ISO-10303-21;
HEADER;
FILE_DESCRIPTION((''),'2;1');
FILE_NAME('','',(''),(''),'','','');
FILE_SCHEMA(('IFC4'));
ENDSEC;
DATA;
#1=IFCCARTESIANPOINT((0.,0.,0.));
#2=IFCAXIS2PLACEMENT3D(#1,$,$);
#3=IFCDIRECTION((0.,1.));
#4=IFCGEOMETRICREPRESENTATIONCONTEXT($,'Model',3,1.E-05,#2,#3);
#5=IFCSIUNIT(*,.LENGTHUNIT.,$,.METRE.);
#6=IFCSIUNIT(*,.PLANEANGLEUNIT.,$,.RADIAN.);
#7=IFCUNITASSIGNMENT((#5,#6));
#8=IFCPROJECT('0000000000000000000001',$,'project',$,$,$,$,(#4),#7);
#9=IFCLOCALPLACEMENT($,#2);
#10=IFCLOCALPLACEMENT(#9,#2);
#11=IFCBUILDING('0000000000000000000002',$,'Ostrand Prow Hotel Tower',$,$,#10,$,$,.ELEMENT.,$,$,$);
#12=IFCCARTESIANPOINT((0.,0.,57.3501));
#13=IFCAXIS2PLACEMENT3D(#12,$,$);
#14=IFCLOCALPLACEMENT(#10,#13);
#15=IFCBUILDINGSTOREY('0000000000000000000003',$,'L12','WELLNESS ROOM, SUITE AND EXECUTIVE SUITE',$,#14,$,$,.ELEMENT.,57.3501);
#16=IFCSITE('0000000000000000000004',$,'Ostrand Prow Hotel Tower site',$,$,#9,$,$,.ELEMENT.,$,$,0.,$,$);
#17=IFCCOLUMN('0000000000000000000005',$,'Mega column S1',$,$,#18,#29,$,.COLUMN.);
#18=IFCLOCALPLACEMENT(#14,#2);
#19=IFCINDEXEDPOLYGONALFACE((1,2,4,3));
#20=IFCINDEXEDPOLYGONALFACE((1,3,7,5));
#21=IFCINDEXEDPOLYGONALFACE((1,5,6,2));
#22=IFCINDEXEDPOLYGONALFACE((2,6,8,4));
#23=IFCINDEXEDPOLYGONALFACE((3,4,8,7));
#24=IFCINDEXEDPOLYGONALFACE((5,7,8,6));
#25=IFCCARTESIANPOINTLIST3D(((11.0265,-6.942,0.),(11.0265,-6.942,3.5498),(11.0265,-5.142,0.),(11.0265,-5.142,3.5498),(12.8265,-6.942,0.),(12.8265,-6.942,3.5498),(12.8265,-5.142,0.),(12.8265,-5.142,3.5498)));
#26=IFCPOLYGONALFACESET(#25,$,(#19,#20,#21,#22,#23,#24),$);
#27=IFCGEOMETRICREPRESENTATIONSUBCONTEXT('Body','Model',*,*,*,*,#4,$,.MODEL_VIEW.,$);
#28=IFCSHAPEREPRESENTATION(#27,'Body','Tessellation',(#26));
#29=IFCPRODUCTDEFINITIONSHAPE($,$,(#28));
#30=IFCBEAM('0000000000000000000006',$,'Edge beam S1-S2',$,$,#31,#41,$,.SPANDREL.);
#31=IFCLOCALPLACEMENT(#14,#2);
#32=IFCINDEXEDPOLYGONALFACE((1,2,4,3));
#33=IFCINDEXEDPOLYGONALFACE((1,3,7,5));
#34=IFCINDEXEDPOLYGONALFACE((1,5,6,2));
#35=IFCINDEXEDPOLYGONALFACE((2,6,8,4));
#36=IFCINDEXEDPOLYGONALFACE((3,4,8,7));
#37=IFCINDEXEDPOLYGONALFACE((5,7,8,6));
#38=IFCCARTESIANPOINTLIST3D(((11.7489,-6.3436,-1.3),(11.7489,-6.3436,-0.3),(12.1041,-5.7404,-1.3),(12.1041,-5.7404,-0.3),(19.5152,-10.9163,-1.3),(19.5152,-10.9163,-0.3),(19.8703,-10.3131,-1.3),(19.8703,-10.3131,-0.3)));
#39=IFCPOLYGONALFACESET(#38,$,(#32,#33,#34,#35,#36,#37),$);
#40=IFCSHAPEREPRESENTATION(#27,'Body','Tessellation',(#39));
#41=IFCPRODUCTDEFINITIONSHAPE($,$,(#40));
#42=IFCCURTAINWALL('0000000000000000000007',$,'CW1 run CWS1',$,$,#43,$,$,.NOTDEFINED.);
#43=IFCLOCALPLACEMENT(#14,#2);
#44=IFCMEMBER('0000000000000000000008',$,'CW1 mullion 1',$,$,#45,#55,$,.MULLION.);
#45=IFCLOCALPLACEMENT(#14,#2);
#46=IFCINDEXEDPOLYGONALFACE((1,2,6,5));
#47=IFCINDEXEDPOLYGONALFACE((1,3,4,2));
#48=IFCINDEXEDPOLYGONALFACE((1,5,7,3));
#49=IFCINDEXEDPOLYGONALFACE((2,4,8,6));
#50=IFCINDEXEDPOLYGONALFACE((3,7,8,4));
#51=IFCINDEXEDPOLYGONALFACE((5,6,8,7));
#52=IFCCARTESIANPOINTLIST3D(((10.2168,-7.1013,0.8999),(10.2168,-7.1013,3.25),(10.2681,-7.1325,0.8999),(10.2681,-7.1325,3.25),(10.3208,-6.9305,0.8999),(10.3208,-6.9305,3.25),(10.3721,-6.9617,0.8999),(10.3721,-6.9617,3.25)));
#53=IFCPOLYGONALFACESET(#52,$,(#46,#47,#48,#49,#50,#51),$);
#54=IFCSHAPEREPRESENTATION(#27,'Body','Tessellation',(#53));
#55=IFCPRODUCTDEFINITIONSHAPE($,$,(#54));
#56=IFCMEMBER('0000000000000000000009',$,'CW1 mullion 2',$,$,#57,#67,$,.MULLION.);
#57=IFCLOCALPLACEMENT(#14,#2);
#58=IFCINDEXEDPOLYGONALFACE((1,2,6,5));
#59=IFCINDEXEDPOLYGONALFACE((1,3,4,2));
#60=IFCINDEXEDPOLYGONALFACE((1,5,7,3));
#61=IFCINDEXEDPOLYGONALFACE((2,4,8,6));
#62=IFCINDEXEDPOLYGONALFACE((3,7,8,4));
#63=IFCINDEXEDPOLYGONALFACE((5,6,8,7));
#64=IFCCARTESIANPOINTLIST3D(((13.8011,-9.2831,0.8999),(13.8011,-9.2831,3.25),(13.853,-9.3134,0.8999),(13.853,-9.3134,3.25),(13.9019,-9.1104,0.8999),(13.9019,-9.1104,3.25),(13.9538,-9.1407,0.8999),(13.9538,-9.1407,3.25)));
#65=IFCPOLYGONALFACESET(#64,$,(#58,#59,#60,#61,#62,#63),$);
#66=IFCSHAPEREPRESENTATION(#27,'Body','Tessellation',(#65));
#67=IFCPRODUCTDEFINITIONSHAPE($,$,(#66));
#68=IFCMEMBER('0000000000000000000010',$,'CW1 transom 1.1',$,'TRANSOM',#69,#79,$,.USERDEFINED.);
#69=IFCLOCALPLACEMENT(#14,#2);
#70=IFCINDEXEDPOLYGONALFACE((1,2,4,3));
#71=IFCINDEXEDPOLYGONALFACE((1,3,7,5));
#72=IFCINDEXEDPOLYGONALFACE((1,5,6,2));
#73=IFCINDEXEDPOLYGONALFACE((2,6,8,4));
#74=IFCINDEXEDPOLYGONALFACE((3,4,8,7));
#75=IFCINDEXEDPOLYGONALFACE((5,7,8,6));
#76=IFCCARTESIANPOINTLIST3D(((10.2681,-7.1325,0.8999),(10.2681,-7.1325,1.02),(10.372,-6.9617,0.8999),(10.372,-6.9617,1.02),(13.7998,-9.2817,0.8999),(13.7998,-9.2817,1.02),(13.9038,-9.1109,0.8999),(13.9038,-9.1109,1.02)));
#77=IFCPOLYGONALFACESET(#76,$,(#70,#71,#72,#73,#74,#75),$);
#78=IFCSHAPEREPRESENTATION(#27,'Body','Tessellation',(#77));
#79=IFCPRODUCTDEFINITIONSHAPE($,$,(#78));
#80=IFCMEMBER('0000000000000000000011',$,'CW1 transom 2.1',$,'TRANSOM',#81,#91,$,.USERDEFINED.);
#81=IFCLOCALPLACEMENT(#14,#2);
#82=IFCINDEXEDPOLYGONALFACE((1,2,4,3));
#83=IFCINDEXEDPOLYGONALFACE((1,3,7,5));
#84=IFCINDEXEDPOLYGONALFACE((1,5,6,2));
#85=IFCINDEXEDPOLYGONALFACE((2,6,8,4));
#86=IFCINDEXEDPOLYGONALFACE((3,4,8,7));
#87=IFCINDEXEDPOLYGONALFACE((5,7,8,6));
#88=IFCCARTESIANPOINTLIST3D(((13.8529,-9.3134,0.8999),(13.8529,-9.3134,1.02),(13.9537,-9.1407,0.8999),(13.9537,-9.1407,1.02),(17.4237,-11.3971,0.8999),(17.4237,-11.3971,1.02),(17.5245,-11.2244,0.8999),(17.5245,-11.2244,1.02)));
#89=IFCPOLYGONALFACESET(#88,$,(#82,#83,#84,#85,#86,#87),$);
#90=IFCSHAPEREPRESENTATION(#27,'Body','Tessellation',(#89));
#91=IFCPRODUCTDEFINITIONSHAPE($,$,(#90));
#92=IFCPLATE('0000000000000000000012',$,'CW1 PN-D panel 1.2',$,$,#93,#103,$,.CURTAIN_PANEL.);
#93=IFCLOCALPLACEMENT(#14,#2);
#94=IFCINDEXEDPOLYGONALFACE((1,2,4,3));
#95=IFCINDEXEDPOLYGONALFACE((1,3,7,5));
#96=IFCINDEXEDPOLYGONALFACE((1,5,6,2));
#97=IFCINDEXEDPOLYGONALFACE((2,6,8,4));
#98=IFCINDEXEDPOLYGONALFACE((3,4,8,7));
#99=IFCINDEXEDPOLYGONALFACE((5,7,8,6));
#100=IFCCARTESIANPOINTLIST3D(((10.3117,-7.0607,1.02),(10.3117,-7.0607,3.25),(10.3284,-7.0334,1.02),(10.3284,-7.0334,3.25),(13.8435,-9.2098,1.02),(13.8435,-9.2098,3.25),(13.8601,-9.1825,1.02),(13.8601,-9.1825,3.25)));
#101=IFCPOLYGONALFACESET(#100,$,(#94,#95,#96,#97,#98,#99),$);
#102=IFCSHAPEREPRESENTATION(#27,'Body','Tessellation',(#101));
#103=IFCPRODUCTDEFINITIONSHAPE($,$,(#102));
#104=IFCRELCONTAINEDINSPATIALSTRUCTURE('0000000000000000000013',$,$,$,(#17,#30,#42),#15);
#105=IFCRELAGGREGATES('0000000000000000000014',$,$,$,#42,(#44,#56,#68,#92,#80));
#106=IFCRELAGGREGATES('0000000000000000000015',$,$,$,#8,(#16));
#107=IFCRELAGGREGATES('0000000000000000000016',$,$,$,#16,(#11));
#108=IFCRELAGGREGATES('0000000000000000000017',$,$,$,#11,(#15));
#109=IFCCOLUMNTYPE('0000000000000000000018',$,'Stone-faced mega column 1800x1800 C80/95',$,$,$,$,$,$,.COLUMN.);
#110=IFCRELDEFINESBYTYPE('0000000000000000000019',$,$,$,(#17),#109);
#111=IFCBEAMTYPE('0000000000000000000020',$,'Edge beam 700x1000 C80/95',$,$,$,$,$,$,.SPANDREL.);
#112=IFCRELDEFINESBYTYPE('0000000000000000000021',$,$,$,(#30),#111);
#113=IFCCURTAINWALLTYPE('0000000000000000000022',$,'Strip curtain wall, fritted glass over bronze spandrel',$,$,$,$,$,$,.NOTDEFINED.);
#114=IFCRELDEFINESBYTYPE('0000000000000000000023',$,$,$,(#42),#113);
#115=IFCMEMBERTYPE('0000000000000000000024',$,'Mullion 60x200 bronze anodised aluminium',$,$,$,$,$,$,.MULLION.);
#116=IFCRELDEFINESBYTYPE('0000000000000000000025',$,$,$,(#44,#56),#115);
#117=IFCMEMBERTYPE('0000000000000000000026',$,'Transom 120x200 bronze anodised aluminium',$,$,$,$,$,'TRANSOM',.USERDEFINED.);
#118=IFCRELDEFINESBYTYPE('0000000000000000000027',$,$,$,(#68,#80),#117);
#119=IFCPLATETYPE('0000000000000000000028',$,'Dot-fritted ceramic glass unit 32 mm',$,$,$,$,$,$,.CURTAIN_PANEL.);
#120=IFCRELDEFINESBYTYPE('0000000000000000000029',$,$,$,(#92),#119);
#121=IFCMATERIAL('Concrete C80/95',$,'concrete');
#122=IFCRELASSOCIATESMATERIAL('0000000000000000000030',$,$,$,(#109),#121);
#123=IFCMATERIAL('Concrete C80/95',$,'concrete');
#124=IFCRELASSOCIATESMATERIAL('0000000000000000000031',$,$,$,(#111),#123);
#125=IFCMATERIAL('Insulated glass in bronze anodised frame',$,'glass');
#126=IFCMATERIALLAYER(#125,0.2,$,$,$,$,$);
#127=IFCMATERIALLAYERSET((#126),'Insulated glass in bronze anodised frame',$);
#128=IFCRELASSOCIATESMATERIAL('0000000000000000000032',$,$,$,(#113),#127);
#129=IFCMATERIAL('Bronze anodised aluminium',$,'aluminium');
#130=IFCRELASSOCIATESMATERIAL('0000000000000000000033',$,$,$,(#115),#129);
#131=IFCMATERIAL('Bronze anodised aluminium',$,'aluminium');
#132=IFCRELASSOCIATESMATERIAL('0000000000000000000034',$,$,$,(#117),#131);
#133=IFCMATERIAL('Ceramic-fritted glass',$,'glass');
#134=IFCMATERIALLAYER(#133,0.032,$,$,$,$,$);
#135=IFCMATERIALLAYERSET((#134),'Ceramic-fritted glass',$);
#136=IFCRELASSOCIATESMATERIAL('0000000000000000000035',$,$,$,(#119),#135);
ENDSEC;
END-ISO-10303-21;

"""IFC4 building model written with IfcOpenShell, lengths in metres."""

from ifc_helpers import new_model, si_unit, direction, frame, origin, origin_2d, place, context, subcontext, project, spatial, rectangle, extrude, material, layer, layer_set, material_profile, profile_set, type_object, element, aggregate, save


model = new_model("IFC4")

# Units and contexts
model_context = context("Model", 3, precision=1e-05, world=origin(), true_north=direction((0.0, 1.0)))
body_context = subcontext(model_context, "Body", "Model", "MODEL_VIEW")
ifc_project = project(units=[si_unit("LENGTHUNIT", "METRE"), si_unit("PLANEANGLEUNIT", "RADIAN")], contexts=[model_context])

# Site, building, storey
site_placement = place(None, origin())
site = spatial("IfcSite", under=ifc_project, at=site_placement, Name="Ostrand Prow Hotel Tower site", CompositionType="ELEMENT", RefElevation=0.0)
building_placement = place(site_placement, origin())
building = spatial("IfcBuilding", under=site, at=building_placement, Name="Ostrand Prow Hotel Tower", CompositionType="ELEMENT")
storey_placement = place(building_placement, frame((0.0, 0.0, 57.3501)))
storey = spatial("IfcBuildingStorey", under=building, at=storey_placement, Name="L12", Description="WELLNESS ROOM, SUITE AND EXECUTIVE SUITE", CompositionType="ELEMENT", Elevation=57.3501)

# Column
ifc_material_1 = material(Name="Concrete C80/95", Category="concrete")
ifc_material_profile_1 = material_profile(ifc_material_1, rectangle(XDim=1.8, YDim=1.8, at=origin_2d()), Name="RC 1800x1800")
ifc_profile_set_1 = profile_set([ifc_material_profile_1], Name="Concrete C80/95")
column_type = type_object("IfcColumnType", Name="Stone-faced mega column 1800x1800 C80/95", PredefinedType="COLUMN", material=ifc_profile_set_1)
column_placement = place(storey_placement, frame((11.9265, -6.042, 0.0), z_axis=(0.0, 0.0, 1.0), x_axis=(1.0, 0.0, 0.0)))
element("IfcColumn", 1, at=column_placement, inside=storey, type_object=column_type, Name="Mega column S1", PredefinedType="COLUMN", context=body_context, shape_type="SweptSolid", body=[
    extrude(rectangle(XDim=1.8, YDim=1.8, at=origin_2d()), origin(), (0.0, 0.0, 1.0), 3.5498),
])

# Beam
ifc_material_2 = material(Name="Concrete C80/95", Category="concrete")
ifc_material_profile_2 = material_profile(ifc_material_2, rectangle(XDim=0.7, YDim=1.0, at=origin_2d()), Name="RC 700x1000")
ifc_profile_set_2 = profile_set([ifc_material_profile_2], Name="Concrete C80/95")
beam_type = type_object("IfcBeamType", Name="Edge beam 700x1000 C80/95", PredefinedType="SPANDREL", material=ifc_profile_set_2)
beam_placement = place(storey_placement, frame((11.9265, -6.042, -0.8), z_axis=(0.861725, -0.507375, 0.0), x_axis=(0.507375, 0.861725, 0.0)))
element("IfcBeam", 2, at=beam_placement, inside=storey, type_object=beam_type, Name="Edge beam S1-S2", PredefinedType="SPANDREL", context=body_context, shape_type="SweptSolid", body=[
    extrude(rectangle(XDim=0.7, YDim=1.0, at=origin_2d()), origin(), (0.0, 0.0, 1.0), 9.0125),
])

# Curtain wall, members, plate
ifc_material_3 = material(Name="Insulated glass in bronze anodised frame", Category="glass")
ifc_layer_1 = layer(ifc_material_3, 0.2)
ifc_layer_set_1 = layer_set([ifc_layer_1], Name="Insulated glass in bronze anodised frame")
curtain_wall_type = type_object("IfcCurtainWallType", Name="Strip curtain wall, fritted glass over bronze spandrel", PredefinedType="NOTDEFINED", material=ifc_layer_set_1)
curtain_wall_placement = place(storey_placement, origin())
curtain_wall = element("IfcCurtainWall", 3, at=curtain_wall_placement, inside=storey, type_object=curtain_wall_type, Name="CW1 run CWS1", PredefinedType="NOTDEFINED")
ifc_material_4 = material(Name="Bronze anodised aluminium", Category="aluminium")
ifc_material_profile_3 = material_profile(ifc_material_4, rectangle(XDim=0.2, YDim=0.0601, at=origin_2d()), Name="Mullion 60x200 bronze anodised aluminium")
ifc_profile_set_3 = profile_set([ifc_material_profile_3], Name="Bronze anodised aluminium")
member_type_1 = type_object("IfcMemberType", Name="Mullion 60x200 bronze anodised aluminium", PredefinedType="MULLION", material=ifc_profile_set_3)
member_1_placement = place(storey_placement, frame((10.2944, -7.0315, 0.8999), z_axis=(0.0, 0.0, 1.0), x_axis=(0.519831, 0.854269, 0.0)))
member_1 = element("IfcMember", 4, at=member_1_placement, type_object=member_type_1, Name="CW1 mullion 1", PredefinedType="MULLION", context=body_context, shape_type="SweptSolid", body=[
    extrude(rectangle(XDim=0.2, YDim=0.0601, at=origin_2d()), origin(), (0.0, 0.0, 1.0), 2.3501),
])
member_2_placement = place(storey_placement, frame((13.8774, -9.2119, 0.8999), z_axis=(0.0, 0.0, 1.0), x_axis=(0.504023, 0.86369, 0.0)))
member_2 = element("IfcMember", 5, at=member_2_placement, type_object=member_type_1, Name="CW1 mullion 2", PredefinedType="MULLION", context=body_context, shape_type="SweptSolid", body=[
    extrude(rectangle(XDim=0.2, YDim=0.0601, at=origin_2d()), origin(), (0.0, 0.0, 1.0), 2.3501),
])
ifc_material_5 = material(Name="Bronze anodised aluminium", Category="aluminium")
ifc_material_profile_4 = material_profile(ifc_material_5, rectangle(XDim=0.2, YDim=0.1201, at=origin_2d()), Name="Transom 120x200 bronze anodised aluminium")
ifc_profile_set_4 = profile_set([ifc_material_profile_4], Name="Bronze anodised aluminium")
member_type_2 = type_object("IfcMemberType", Name="Transom 120x200 bronze anodised aluminium", ElementType="TRANSOM", PredefinedType="USERDEFINED", material=ifc_profile_set_4)
member_3_placement = place(storey_placement, frame((10.3201, -7.0471, 0.96), z_axis=(0.854261, -0.519844, 0.0), x_axis=(0.519844, 0.854261, 0.0)))
member_3 = element("IfcMember", 6, at=member_3_placement, type_object=member_type_2, Name="CW1 transom 1.1", ObjectType="TRANSOM", PredefinedType="USERDEFINED", context=body_context, shape_type="SweptSolid", body=[
    extrude(rectangle(XDim=0.2, YDim=0.1201, at=origin_2d()), origin(), (0.0, 0.0, 1.0), 4.1343),
])
member_4_placement = place(storey_placement, frame((13.9033, -9.2271, 0.96), z_axis=(0.863698, -0.504011, 0.0), x_axis=(0.504011, 0.863698, 0.0)))
member_4 = element("IfcMember", 7, at=member_4_placement, type_object=member_type_2, Name="CW1 transom 2.1", ObjectType="TRANSOM", PredefinedType="USERDEFINED", context=body_context, shape_type="SweptSolid", body=[
    extrude(rectangle(XDim=0.2, YDim=0.1201, at=origin_2d()), origin(), (0.0, 0.0, 1.0), 4.1343),
])
ifc_material_6 = material(Name="Ceramic-fritted glass", Category="glass")
ifc_layer_2 = layer(ifc_material_6, 0.032)
ifc_layer_set_2 = layer_set([ifc_layer_2], Name="Ceramic-fritted glass")
plate_type = type_object("IfcPlateType", Name="Dot-fritted ceramic glass unit 32 mm", PredefinedType="CURTAIN_PANEL", material=ifc_layer_set_2)
plate_placement = place(storey_placement, frame((12.0859, -8.1216, 1.02), z_axis=(0.0, 0.0, 1.0), x_axis=(0.854269, -0.519831, 0.0)))
plate = element("IfcPlate", 8, at=plate_placement, type_object=plate_type, Name="CW1 PN-D panel 1.2", PredefinedType="CURTAIN_PANEL", context=body_context, shape_type="SweptSolid", body=[
    extrude(rectangle(XDim=4.1343, YDim=0.032, at=origin_2d()), origin(), (0.0, 0.0, 1.0), 2.23),
])
aggregate(curtain_wall, [member_1, member_2, member_3, plate, member_4])

save(model, "model.ifc")
